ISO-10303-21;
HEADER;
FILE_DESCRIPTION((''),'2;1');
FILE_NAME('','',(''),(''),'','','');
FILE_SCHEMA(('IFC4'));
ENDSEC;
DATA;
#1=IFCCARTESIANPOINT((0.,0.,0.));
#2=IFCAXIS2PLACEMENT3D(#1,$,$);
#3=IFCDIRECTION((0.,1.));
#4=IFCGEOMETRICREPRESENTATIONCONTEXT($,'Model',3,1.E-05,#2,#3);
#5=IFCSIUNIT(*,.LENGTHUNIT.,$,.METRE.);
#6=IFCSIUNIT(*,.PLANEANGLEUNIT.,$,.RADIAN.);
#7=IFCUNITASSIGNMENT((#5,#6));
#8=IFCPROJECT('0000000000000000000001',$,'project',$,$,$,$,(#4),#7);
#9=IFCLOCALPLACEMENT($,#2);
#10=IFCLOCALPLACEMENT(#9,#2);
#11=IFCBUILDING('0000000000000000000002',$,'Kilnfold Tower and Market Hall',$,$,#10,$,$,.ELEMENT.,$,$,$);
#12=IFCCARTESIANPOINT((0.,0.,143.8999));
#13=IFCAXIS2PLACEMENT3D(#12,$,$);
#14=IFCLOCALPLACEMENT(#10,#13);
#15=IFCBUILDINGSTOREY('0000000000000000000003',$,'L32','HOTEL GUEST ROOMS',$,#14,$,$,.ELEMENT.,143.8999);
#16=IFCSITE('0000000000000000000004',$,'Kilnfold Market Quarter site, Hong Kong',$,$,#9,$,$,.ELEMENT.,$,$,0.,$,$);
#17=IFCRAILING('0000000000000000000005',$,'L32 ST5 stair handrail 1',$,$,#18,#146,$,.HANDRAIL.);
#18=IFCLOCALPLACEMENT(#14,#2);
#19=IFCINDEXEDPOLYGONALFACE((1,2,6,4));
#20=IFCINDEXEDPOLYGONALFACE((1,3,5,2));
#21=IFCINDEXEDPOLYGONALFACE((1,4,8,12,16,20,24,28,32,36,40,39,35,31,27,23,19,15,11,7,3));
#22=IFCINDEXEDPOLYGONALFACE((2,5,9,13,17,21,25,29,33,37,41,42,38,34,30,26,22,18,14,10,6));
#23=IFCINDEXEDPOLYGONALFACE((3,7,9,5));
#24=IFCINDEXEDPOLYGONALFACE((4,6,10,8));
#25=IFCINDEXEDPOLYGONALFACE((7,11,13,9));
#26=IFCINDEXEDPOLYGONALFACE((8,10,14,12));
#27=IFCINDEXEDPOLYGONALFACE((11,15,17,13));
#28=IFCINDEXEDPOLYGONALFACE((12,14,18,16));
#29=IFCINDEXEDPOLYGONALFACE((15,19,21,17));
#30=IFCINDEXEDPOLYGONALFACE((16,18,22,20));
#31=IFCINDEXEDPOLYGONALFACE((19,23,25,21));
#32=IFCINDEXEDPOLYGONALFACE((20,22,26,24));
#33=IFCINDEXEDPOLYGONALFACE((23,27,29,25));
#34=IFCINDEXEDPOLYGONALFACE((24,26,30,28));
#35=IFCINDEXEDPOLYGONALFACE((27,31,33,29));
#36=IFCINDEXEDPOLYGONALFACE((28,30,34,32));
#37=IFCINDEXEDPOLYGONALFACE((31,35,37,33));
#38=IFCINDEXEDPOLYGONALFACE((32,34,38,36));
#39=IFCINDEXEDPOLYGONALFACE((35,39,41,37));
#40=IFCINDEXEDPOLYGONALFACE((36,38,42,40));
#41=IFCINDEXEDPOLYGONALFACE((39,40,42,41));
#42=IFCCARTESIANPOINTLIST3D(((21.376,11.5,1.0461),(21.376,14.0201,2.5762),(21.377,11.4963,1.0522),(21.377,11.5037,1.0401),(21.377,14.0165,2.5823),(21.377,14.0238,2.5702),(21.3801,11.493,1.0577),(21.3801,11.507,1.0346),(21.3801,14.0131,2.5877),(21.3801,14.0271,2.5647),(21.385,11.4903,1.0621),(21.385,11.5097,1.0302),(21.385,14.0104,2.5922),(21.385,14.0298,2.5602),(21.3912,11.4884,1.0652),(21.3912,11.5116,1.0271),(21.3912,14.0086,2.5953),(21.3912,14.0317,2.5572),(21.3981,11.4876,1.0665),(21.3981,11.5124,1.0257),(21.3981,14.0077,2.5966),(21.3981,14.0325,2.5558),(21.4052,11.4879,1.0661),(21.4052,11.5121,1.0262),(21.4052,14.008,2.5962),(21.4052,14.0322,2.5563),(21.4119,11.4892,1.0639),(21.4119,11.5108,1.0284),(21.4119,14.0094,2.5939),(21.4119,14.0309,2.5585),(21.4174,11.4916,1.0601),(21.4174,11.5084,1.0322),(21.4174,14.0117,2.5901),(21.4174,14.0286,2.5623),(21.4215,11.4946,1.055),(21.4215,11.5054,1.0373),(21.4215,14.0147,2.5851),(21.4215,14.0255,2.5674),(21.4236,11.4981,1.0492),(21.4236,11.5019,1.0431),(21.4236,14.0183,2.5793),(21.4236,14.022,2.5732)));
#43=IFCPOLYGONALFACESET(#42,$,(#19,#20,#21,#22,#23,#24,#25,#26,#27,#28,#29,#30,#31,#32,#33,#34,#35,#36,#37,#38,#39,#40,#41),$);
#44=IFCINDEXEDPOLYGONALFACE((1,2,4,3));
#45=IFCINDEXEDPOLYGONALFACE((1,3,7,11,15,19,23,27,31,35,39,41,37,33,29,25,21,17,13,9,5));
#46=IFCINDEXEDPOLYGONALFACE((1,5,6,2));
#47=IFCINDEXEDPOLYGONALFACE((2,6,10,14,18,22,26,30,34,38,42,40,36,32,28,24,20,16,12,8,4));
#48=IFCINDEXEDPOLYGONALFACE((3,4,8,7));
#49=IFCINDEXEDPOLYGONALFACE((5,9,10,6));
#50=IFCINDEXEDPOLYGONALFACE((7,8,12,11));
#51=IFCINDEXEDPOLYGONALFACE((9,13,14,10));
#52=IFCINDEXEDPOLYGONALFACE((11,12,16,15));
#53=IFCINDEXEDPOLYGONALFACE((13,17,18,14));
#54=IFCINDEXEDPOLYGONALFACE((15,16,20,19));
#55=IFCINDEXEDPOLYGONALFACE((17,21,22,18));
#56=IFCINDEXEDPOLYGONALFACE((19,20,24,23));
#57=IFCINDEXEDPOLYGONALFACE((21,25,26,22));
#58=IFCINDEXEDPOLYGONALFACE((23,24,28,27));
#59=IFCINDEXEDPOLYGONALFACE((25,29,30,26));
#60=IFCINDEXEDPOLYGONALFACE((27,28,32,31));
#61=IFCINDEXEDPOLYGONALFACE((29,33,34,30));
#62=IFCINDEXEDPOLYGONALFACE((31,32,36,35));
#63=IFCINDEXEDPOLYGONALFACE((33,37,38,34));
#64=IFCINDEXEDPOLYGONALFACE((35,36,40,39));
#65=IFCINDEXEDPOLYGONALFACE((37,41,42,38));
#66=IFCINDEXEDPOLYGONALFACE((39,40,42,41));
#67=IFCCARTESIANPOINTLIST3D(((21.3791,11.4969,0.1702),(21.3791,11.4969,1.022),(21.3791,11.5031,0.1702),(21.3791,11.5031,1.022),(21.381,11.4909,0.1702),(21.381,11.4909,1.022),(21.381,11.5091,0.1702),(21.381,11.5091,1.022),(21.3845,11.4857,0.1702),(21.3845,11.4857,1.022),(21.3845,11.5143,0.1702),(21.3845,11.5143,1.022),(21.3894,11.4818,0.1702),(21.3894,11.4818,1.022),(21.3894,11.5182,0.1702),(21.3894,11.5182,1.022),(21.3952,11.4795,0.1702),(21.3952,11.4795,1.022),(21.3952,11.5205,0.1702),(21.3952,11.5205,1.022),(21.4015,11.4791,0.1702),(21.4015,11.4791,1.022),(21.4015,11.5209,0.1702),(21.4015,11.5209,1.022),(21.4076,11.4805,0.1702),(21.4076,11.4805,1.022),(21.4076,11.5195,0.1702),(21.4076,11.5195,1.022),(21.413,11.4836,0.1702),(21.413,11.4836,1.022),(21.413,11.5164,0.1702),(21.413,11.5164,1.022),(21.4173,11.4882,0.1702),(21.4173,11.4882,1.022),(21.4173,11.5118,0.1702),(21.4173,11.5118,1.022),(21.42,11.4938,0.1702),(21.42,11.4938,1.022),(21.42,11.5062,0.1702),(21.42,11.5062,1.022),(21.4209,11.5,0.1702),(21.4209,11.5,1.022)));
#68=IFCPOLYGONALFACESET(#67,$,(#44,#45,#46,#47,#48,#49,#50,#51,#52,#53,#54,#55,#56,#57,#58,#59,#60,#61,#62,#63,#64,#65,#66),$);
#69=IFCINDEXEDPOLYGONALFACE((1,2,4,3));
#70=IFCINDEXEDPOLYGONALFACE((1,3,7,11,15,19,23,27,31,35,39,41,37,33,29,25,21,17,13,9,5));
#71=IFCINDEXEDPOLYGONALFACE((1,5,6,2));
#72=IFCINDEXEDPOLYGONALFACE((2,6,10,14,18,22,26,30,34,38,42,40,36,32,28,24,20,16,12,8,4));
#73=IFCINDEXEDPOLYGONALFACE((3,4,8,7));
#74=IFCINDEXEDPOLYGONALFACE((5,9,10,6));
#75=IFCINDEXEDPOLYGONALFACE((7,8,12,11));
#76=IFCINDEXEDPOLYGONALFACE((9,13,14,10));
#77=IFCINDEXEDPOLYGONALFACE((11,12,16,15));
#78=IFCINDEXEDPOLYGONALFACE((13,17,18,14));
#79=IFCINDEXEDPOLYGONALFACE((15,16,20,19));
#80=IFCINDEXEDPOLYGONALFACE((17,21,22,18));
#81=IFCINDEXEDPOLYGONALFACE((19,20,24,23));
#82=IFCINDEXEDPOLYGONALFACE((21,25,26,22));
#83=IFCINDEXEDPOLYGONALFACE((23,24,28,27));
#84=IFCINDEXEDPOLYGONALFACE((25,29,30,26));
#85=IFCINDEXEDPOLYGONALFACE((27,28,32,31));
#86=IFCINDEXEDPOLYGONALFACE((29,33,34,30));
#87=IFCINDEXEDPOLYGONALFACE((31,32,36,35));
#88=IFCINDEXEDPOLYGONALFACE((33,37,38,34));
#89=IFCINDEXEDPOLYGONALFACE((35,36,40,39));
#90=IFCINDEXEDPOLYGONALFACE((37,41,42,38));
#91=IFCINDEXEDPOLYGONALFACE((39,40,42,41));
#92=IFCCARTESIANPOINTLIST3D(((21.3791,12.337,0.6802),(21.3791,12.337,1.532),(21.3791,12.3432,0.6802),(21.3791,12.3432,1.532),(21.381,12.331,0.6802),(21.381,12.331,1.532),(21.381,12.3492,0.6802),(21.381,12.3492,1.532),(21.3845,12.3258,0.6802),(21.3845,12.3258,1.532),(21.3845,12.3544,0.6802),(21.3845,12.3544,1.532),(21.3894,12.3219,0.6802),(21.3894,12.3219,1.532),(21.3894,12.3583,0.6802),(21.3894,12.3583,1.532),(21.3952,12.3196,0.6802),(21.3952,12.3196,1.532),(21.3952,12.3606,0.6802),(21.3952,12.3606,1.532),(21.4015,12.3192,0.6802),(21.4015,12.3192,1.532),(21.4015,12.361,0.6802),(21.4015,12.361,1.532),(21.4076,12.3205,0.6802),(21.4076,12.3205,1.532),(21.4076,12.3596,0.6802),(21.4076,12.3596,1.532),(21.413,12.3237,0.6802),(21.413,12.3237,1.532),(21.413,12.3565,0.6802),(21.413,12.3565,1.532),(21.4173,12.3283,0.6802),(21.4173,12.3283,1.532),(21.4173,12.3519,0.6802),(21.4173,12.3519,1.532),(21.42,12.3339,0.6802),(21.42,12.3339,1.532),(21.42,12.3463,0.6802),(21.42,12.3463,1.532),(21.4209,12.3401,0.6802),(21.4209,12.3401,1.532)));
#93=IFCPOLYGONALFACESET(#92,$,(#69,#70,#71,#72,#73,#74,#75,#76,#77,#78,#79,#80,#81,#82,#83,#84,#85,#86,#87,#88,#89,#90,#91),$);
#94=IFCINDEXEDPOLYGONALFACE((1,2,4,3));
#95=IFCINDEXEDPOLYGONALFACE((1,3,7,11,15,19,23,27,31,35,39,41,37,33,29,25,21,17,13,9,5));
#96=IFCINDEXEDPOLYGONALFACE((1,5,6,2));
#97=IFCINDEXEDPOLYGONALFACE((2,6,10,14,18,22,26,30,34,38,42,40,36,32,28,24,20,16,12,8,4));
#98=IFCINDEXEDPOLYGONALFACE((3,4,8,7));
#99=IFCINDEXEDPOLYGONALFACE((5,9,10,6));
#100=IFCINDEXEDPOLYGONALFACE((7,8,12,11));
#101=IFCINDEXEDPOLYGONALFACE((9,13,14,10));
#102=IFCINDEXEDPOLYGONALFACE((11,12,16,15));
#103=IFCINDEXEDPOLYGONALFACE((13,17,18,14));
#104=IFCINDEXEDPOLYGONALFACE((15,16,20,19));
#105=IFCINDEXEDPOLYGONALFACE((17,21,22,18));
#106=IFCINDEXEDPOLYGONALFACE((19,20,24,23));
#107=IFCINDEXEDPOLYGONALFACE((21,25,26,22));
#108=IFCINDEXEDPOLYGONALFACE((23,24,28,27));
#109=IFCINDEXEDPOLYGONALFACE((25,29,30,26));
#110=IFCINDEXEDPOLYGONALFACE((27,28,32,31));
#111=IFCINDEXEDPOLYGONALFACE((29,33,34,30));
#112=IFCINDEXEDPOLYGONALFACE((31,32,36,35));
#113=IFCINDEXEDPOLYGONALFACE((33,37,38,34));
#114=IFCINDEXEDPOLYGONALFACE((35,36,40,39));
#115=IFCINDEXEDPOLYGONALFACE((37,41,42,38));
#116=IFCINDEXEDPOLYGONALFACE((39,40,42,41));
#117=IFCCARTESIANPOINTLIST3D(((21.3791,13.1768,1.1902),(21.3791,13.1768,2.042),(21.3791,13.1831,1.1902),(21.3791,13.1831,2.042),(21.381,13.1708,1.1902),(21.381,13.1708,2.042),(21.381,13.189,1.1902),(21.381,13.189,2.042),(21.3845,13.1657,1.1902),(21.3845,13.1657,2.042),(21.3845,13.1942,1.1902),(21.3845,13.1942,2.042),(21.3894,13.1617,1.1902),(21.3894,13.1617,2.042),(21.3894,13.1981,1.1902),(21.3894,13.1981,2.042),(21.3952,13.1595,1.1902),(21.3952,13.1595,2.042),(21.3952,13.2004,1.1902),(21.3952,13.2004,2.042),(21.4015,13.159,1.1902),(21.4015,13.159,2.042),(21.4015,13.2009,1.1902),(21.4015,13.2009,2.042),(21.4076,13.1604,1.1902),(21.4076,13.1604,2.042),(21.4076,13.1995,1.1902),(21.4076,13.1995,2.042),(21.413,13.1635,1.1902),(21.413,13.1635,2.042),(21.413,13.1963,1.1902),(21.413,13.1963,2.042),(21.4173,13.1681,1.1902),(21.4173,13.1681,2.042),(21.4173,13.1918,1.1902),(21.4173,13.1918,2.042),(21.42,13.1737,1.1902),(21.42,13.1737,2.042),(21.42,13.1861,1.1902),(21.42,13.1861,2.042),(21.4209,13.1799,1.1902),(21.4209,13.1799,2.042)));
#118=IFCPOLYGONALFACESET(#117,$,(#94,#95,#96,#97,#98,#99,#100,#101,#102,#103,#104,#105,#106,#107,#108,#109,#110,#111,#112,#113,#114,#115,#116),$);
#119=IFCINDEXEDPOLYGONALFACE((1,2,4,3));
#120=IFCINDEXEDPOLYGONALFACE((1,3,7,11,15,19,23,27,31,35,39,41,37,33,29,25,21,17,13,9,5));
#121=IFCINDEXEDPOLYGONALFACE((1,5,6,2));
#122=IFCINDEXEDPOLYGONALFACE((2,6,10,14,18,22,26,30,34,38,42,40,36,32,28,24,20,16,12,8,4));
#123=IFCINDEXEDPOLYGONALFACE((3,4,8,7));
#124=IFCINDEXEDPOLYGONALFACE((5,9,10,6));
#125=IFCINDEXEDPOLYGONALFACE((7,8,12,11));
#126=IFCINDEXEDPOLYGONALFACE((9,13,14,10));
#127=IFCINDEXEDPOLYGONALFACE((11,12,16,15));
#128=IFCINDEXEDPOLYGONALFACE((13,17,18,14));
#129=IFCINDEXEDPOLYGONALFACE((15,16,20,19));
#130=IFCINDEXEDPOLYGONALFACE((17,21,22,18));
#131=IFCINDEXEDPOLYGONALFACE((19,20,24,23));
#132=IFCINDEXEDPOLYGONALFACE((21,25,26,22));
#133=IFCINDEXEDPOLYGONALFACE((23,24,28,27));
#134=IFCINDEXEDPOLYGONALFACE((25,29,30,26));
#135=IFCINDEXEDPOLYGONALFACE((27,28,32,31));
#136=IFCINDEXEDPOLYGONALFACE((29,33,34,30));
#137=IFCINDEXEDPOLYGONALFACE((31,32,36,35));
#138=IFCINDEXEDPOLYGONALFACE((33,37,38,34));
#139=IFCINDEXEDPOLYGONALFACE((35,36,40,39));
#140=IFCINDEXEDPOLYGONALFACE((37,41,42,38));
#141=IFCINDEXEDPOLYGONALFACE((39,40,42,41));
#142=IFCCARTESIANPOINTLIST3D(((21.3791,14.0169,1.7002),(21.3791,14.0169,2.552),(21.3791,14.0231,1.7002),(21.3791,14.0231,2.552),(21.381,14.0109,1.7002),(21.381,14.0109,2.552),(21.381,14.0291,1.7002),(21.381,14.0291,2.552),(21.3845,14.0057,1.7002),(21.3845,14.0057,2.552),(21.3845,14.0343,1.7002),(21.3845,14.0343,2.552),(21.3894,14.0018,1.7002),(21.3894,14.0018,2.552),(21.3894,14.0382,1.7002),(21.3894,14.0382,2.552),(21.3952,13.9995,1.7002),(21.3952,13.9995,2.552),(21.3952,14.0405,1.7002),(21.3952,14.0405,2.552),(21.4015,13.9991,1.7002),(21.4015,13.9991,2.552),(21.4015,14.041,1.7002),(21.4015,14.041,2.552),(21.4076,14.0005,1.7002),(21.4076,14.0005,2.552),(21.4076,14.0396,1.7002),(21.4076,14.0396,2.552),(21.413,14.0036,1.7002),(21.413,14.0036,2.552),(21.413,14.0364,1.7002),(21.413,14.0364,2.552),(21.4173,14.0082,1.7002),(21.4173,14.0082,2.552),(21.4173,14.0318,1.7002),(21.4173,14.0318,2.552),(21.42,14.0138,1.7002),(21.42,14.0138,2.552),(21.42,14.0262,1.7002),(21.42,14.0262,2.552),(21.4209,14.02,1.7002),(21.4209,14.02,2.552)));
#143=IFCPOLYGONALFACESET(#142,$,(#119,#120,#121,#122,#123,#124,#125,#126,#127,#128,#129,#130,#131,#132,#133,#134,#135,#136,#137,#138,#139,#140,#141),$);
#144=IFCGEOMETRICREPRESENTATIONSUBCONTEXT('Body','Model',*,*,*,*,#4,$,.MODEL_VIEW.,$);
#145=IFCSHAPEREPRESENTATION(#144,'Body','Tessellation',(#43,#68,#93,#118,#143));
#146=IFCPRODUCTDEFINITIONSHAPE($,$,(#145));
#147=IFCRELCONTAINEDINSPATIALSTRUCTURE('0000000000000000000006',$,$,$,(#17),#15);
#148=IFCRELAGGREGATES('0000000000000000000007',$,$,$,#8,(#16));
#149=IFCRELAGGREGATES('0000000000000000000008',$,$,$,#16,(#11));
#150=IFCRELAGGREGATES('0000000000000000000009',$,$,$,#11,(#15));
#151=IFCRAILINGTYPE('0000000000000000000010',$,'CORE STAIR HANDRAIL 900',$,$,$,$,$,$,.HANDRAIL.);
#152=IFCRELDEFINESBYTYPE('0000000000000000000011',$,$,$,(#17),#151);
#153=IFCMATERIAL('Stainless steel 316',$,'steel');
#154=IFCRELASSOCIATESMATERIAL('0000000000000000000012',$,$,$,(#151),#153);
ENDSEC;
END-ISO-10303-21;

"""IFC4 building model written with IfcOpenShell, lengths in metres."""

from ifc_helpers import new_model, si_unit, direction, frame, origin, origin_2d, place, context, subcontext, project, spatial, circle, extrude, material, type_object, element, save


model = new_model("IFC4")

# Units and contexts
model_context = context("Model", 3, precision=1e-05, world=origin(), true_north=direction((0.0, 1.0)))
body_context = subcontext(model_context, "Body", "Model", "MODEL_VIEW")
ifc_project = project(units=[si_unit("LENGTHUNIT", "METRE"), si_unit("PLANEANGLEUNIT", "RADIAN")], contexts=[model_context])

# Site, building, storey
site_placement = place(None, origin())
site = spatial("IfcSite", under=ifc_project, at=site_placement, Name="Kilnfold Market Quarter site, Hong Kong", CompositionType="ELEMENT", RefElevation=0.0)
building_placement = place(site_placement, origin())
building = spatial("IfcBuilding", under=site, at=building_placement, Name="Kilnfold Tower and Market Hall", CompositionType="ELEMENT")
storey_placement = place(building_placement, frame((0.0, 0.0, 143.8999)))
storey = spatial("IfcBuildingStorey", under=building, at=storey_placement, Name="L32", Description="HOTEL GUEST ROOMS", CompositionType="ELEMENT", Elevation=143.8999)

# Railing
ifc_material_1 = material(Name="Stainless steel 316", Category="steel")
railing_type_1 = type_object("IfcRailingType", Name="CORE STAIR HANDRAIL 900", PredefinedType="HANDRAIL", material=ifc_material_1)
railing_1_placement = place(storey_placement, frame((21.3999, 11.5, 0.1702)))
element("IfcRailing", 1, at=railing_1_placement, inside=storey, type_object=railing_type_1, Name="L32 ST5 stair handrail 1", PredefinedType="HANDRAIL", context=body_context, shape_type="SweptSolid", body=[
    extrude(circle(Radius=0.0239, at=origin_2d()), frame((0.0, 0.0, 0.876), z_axis=(0.0, 0.854785, 0.518982), x_axis=(-1.0, 0.0, 0.0)), (0.0, 0.0, 1.0), 2.9482),
    extrude(circle(Radius=0.021, at=origin_2d()), origin(), (0.0, 0.0, 1.0), 0.8518),
    extrude(circle(Radius=0.021, at=origin_2d()), frame((0.0, 0.8401, 0.51)), (0.0, 0.0, 1.0), 0.8518),
    extrude(circle(Radius=0.021, at=origin_2d()), frame((0.0, 1.6799, 1.02)), (0.0, 0.0, 1.0), 0.8518),
    extrude(circle(Radius=0.021, at=origin_2d()), frame((0.0, 2.52, 1.53)), (0.0, 0.0, 1.0), 0.8518),
])

save(model, "model.ifc")
